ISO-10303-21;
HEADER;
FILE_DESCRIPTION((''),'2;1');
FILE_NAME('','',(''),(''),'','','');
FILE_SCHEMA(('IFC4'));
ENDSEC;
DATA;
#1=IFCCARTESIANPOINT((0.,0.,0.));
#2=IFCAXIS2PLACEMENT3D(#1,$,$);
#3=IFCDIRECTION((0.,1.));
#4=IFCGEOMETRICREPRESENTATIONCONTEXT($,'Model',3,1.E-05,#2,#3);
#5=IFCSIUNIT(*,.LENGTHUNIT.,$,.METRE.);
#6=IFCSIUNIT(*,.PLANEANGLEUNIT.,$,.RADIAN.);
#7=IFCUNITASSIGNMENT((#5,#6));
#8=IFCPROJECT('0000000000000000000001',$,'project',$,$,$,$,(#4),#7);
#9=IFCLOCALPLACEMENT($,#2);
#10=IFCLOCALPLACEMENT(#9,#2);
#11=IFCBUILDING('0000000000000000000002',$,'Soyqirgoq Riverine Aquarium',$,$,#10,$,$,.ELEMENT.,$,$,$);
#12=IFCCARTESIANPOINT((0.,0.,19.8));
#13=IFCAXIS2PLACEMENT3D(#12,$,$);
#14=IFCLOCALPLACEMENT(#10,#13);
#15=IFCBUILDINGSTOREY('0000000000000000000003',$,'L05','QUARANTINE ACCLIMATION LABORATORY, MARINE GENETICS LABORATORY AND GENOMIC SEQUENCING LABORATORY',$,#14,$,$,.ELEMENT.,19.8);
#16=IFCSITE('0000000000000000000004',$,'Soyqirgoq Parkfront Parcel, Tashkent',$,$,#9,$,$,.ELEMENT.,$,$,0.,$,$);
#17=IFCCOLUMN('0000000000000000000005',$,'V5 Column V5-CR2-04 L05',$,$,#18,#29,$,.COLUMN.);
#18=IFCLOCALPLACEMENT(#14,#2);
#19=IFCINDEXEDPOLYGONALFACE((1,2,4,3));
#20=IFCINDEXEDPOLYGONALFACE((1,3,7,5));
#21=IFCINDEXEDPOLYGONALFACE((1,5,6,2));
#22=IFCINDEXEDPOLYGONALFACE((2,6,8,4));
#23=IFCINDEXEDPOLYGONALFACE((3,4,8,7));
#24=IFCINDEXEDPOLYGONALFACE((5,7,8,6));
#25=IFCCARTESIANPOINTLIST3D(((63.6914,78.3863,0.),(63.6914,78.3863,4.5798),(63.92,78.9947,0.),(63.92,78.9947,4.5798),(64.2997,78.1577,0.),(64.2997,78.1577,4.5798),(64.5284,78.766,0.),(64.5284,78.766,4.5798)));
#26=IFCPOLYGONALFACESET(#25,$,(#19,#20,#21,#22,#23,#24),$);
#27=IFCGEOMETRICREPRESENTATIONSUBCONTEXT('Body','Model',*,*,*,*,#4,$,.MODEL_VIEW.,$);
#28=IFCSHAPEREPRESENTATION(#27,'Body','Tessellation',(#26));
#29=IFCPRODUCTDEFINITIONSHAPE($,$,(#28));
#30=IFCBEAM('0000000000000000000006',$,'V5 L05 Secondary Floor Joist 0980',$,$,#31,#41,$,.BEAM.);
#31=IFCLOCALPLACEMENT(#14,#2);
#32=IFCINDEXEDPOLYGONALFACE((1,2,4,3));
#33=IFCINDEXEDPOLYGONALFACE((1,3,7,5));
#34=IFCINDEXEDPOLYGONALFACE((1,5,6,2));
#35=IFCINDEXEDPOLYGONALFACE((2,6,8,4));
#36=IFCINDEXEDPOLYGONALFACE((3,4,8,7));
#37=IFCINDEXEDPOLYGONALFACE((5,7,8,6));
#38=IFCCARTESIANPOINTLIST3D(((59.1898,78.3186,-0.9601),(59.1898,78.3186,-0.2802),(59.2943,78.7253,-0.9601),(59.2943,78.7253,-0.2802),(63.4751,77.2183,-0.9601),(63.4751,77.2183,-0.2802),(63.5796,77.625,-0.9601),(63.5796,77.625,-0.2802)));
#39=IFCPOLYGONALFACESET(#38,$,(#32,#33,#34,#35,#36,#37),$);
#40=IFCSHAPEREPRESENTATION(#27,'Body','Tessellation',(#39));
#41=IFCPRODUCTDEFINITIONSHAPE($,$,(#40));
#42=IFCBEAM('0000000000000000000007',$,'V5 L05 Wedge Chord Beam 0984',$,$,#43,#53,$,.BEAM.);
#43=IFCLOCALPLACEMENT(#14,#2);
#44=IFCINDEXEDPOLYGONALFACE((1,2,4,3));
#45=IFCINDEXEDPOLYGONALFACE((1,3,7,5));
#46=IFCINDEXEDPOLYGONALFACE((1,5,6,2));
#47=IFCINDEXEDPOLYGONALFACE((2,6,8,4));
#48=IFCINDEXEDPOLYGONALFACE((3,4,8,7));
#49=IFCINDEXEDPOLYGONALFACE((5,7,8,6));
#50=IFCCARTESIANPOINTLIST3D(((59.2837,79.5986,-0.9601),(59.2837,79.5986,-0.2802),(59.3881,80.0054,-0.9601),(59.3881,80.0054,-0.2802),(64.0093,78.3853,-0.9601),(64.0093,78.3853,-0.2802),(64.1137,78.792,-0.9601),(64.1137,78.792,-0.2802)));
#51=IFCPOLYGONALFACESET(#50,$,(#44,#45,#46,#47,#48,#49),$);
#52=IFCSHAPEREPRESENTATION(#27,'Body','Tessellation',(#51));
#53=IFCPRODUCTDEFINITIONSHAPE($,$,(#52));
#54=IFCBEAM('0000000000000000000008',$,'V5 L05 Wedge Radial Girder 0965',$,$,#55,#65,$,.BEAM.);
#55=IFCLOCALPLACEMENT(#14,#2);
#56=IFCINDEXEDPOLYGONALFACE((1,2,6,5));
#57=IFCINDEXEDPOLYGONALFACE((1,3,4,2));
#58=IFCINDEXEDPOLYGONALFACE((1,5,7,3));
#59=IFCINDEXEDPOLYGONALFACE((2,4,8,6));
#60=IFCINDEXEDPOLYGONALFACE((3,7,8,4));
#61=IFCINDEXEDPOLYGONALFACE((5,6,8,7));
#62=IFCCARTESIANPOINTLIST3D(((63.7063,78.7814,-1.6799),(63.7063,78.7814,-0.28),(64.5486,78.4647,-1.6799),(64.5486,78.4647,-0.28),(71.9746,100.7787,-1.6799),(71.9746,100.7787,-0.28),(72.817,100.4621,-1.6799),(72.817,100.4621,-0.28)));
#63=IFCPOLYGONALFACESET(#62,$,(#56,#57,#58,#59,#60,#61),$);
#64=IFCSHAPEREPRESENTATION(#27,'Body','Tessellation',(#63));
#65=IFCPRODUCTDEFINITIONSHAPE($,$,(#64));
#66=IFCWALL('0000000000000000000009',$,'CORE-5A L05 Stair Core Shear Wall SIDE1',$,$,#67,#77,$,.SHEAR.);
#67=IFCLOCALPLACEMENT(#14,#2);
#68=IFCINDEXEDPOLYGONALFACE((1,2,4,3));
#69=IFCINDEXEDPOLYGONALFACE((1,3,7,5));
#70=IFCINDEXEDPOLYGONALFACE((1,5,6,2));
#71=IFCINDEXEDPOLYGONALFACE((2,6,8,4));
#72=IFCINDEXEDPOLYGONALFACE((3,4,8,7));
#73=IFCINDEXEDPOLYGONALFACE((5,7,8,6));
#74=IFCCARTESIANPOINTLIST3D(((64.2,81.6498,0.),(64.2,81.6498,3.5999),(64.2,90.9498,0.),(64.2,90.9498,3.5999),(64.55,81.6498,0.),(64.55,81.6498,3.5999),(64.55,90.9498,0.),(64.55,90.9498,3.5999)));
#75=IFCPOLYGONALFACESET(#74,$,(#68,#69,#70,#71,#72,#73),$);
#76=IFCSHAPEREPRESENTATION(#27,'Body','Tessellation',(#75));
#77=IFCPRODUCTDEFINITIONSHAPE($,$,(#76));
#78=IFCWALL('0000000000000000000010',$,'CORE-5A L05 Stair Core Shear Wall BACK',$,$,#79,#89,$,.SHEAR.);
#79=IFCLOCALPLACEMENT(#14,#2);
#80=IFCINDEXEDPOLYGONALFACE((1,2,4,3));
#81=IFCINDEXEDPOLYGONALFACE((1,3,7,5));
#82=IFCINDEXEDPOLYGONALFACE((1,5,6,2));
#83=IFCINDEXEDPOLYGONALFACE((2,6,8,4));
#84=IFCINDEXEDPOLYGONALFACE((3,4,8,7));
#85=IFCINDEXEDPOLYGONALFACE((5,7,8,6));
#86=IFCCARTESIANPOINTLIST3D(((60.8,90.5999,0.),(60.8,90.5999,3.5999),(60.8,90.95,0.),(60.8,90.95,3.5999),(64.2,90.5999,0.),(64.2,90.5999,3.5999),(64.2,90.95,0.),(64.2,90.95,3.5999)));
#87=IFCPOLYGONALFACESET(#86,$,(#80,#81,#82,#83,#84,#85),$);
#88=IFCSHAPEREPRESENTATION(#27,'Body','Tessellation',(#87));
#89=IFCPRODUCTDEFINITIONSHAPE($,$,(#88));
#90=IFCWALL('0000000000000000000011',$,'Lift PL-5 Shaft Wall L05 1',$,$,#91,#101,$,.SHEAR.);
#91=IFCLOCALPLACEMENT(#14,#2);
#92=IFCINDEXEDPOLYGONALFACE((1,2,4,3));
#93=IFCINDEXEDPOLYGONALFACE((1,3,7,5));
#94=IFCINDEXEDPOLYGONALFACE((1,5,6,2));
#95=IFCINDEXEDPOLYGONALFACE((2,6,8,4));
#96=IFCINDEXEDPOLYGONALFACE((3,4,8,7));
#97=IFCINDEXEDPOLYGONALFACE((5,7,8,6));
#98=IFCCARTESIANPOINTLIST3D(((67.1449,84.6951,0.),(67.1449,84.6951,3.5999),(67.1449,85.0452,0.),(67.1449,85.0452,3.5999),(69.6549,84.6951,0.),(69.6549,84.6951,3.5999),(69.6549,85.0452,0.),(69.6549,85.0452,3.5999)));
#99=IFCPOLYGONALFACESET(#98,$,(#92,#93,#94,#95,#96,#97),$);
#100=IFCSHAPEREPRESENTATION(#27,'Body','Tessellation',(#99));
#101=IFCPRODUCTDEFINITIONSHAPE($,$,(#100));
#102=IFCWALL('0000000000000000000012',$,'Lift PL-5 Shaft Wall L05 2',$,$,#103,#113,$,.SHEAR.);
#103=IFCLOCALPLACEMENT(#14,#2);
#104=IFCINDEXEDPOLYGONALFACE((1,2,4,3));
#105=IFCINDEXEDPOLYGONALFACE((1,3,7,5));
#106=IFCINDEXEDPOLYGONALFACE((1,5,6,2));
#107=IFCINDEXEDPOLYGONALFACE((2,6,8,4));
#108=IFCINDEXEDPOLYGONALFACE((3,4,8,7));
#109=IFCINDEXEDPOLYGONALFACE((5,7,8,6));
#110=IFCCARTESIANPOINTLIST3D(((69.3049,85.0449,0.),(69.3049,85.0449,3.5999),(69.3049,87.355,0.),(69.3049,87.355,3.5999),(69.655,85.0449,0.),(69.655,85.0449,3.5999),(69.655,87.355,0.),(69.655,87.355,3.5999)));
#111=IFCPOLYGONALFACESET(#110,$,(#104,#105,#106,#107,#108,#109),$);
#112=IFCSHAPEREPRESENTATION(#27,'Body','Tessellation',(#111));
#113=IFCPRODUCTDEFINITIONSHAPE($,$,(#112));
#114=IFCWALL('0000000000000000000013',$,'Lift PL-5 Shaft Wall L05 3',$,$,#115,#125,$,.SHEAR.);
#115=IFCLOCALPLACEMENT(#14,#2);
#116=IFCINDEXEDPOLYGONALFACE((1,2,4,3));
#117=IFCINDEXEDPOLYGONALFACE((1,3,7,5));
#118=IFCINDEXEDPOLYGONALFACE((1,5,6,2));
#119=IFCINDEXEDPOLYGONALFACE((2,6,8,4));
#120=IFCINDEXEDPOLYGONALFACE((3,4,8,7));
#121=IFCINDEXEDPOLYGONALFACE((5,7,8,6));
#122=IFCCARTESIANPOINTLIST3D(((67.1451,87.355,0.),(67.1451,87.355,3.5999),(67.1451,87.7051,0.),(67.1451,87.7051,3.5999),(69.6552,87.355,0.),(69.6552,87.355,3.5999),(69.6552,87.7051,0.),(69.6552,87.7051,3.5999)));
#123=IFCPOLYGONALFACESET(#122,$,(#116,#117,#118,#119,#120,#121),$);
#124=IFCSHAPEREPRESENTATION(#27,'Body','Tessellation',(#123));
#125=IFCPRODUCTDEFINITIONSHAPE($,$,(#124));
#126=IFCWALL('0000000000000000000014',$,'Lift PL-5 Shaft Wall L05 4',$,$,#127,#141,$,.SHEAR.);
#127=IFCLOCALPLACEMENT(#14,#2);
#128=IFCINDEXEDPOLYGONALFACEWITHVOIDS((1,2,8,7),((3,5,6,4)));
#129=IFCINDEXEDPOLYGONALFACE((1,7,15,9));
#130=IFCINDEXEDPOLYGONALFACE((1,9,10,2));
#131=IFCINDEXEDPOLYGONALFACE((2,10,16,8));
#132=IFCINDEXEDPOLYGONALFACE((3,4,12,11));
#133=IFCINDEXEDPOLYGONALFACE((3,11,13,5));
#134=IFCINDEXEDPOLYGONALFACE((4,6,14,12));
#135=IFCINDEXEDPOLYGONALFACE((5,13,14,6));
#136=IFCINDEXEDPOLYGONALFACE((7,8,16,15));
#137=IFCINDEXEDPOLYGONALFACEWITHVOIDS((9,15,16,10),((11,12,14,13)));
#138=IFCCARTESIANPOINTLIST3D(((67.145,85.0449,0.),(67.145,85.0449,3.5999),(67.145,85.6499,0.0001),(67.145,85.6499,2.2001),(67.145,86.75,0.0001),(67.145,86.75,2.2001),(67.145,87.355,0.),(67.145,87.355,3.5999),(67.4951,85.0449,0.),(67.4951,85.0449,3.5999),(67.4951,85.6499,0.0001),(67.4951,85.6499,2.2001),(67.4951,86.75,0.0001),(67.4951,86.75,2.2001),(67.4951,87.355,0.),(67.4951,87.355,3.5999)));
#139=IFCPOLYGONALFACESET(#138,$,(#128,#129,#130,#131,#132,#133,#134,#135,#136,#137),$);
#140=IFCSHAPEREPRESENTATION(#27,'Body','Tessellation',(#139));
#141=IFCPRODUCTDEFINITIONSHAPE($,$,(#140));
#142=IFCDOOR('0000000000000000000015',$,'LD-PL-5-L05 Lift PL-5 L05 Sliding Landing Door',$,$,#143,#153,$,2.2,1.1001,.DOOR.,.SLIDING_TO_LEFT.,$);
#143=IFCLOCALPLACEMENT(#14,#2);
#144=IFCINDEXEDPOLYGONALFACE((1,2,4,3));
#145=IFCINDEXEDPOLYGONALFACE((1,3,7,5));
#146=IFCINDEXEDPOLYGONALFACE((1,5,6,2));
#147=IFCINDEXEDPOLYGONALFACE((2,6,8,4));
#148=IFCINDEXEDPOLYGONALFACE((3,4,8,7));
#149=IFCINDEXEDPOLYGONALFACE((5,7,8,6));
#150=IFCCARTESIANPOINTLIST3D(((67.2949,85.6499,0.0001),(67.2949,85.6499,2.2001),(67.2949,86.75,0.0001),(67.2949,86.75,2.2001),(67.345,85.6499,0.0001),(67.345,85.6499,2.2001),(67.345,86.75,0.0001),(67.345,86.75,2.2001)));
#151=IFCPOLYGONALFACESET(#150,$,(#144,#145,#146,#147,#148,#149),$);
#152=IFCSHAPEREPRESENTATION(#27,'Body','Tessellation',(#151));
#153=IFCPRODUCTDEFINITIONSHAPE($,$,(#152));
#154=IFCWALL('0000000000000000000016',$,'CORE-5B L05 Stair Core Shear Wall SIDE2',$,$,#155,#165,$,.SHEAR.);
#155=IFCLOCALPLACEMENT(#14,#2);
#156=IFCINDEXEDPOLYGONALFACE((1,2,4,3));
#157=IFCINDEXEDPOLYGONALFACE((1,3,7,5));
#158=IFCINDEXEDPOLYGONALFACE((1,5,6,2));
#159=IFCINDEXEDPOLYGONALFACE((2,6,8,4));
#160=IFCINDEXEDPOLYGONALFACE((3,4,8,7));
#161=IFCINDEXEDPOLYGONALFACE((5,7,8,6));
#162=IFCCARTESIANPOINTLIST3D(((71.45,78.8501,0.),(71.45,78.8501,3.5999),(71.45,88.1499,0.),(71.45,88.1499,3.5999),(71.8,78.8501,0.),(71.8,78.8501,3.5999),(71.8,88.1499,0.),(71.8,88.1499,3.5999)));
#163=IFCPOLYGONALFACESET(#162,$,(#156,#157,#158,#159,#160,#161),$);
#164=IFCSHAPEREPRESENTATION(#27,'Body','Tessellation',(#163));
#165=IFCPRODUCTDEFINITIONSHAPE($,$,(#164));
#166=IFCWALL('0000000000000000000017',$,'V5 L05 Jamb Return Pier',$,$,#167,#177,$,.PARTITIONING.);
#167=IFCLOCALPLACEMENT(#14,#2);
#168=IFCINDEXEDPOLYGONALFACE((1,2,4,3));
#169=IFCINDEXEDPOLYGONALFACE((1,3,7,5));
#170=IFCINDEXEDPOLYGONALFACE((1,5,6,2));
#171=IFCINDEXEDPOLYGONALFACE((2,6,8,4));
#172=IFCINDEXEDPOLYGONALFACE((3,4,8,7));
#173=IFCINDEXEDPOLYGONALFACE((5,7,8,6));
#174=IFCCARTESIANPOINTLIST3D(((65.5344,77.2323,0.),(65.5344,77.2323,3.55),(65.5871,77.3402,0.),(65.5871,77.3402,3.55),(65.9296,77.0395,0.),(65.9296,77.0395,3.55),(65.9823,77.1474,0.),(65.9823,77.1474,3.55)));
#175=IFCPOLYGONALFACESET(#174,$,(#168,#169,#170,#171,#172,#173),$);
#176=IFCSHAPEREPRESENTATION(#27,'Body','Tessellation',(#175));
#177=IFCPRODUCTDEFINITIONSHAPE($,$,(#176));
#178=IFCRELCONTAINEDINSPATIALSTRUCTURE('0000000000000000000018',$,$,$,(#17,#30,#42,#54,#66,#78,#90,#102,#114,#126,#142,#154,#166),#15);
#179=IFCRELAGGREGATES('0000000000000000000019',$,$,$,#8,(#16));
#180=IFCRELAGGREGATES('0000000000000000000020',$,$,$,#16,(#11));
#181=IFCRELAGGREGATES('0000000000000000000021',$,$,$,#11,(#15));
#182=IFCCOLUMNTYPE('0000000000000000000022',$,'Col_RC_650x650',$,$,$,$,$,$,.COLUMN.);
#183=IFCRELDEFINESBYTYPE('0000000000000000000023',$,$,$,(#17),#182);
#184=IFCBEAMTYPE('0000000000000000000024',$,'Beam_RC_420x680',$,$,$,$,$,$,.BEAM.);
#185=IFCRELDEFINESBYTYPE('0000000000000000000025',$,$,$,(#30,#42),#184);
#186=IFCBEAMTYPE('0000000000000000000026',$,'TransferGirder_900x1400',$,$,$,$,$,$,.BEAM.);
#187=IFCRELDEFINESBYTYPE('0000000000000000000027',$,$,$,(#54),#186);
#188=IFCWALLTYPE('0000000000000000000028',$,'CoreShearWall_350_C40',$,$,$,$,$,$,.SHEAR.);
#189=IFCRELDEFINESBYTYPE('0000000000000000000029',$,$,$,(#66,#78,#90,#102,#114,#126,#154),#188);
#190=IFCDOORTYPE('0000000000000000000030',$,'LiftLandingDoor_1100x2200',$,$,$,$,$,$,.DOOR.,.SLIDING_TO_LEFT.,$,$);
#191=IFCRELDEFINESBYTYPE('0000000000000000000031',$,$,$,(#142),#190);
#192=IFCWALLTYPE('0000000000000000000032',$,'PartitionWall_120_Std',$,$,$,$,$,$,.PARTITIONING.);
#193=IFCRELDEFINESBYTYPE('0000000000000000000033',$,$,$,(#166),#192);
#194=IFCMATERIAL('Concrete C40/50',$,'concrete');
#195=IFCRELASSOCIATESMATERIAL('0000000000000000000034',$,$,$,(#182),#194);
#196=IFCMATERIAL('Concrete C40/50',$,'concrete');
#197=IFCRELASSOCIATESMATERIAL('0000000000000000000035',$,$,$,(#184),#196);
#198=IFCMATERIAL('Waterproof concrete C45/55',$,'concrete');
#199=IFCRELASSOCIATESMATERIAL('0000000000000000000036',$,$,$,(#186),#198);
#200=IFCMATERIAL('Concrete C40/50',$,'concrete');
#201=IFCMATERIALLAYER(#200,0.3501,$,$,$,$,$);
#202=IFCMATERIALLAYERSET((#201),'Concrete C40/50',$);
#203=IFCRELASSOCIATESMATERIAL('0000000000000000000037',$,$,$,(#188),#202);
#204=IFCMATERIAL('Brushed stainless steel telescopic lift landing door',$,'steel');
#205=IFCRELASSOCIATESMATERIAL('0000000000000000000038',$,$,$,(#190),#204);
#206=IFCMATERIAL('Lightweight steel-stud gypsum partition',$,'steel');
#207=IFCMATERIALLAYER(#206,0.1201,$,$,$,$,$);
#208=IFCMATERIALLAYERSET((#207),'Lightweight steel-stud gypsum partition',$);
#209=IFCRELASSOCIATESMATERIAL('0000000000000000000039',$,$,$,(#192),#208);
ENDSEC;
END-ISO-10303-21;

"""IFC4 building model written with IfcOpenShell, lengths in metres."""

from ifc_helpers import new_model, si_unit, direction, frame, frame_2d, origin, origin_2d, place, context, subcontext, project, spatial, rectangle, extrude, material, layer, layer_set, material_profile, profile_set, type_object, element, fill, save


model = new_model("IFC4")

# Units and contexts
model_context = context("Model", 3, precision=1e-05, world=origin(), true_north=direction((0.0, 1.0)))
body_context = subcontext(model_context, "Body", "Model", "MODEL_VIEW")
ifc_project = project(units=[si_unit("LENGTHUNIT", "METRE"), si_unit("PLANEANGLEUNIT", "RADIAN")], contexts=[model_context])

# Site, building, storey
site_placement = place(None, origin())
site = spatial("IfcSite", under=ifc_project, at=site_placement, Name="Soyqirgoq Parkfront Parcel, Tashkent", CompositionType="ELEMENT", RefElevation=0.0)
building_placement = place(site_placement, origin())
building = spatial("IfcBuilding", under=site, at=building_placement, Name="Soyqirgoq Riverine Aquarium", CompositionType="ELEMENT")
storey_placement = place(building_placement, frame((0.0, 0.0, 19.8)))
storey = spatial("IfcBuildingStorey", under=building, at=storey_placement, Name="L05", Description="QUARANTINE ACCLIMATION LABORATORY, MARINE GENETICS LABORATORY AND GENOMIC SEQUENCING LABORATORY", CompositionType="ELEMENT", Elevation=19.8)

# Column
ifc_material_1 = material(Name="Concrete C40/50", Category="concrete")
ifc_material_profile_1 = material_profile(ifc_material_1, rectangle(XDim=0.6499, YDim=0.6499, at=origin_2d()), Name="RC 650x650")
ifc_profile_set_1 = profile_set([ifc_material_profile_1], Name="Concrete C40/50")
column_type = type_object("IfcColumnType", Name="Col_RC_650x650", PredefinedType="COLUMN", material=ifc_profile_set_1)
column_placement = place(storey_placement, frame((64.1099, 78.5762, 0.0), z_axis=(0.0, 0.0, 1.0), x_axis=(0.351842, 0.93606, 0.0)))
element("IfcColumn", 1, at=column_placement, inside=storey, type_object=column_type, Name="V5 Column V5-CR2-04 L05", PredefinedType="COLUMN", context=body_context, shape_type="SweptSolid", body=[
    extrude(rectangle(XDim=0.6499, YDim=0.6499, at=origin_2d()), origin(), (0.0, 0.0, 1.0), 4.5798),
])

# Beams
ifc_material_2 = material(Name="Concrete C40/50", Category="concrete")
ifc_material_profile_2 = material_profile(ifc_material_2, rectangle(XDim=0.4199, YDim=0.6799, at=origin_2d()), Name="RC 420x680")
ifc_profile_set_2 = profile_set([ifc_material_profile_2], Name="Concrete C40/50")
beam_type_1 = type_object("IfcBeamType", Name="Beam_RC_420x680", PredefinedType="BEAM", material=ifc_profile_set_2)
beam_1_placement = place(storey_placement, frame((63.5273, 77.4216, -0.6201), z_axis=(-0.968581, 0.248698, 0.0), x_axis=(-0.248698, -0.968581, 0.0)))
element("IfcBeam", 2, at=beam_1_placement, inside=storey, type_object=beam_type_1, Name="V5 L05 Secondary Floor Joist 0980", PredefinedType="BEAM", context=body_context, shape_type="SweptSolid", body=[
    extrude(rectangle(XDim=0.4199, YDim=0.6799, at=origin_2d()), origin(), (0.0, 0.0, 1.0), 4.4243),
])
beam_2_placement = place(storey_placement, frame((64.0615, 78.5886, -0.6201), z_axis=(-0.96858, 0.2487, 0.0), x_axis=(-0.2487, -0.96858, 0.0)))
element("IfcBeam", 3, at=beam_2_placement, inside=storey, type_object=beam_type_1, Name="V5 L05 Wedge Chord Beam 0984", PredefinedType="BEAM", context=body_context, shape_type="SweptSolid", body=[
    extrude(rectangle(XDim=0.4199, YDim=0.6799, at=origin_2d()), origin(), (0.0, 0.0, 1.0), 4.8789),
])
ifc_material_3 = material(Name="Waterproof concrete C45/55", Category="concrete")
ifc_material_profile_3 = material_profile(ifc_material_3, rectangle(XDim=0.8999, YDim=1.3999, at=origin_2d()), Name="RC 900x1400")
ifc_profile_set_3 = profile_set([ifc_material_profile_3], Name="Waterproof concrete C45/55")
beam_type_2 = type_object("IfcBeamType", Name="TransferGirder_900x1400", PredefinedType="BEAM", material=ifc_profile_set_3)
beam_3_placement = place(storey_placement, frame((64.1274, 78.623, -0.98), z_axis=(0.351844, 0.936059, 0.0), x_axis=(-0.936059, 0.351844, 0.0)))
element("IfcBeam", 4, at=beam_3_placement, inside=storey, type_object=beam_type_2, Name="V5 L05 Wedge Radial Girder 0965", PredefinedType="BEAM", context=body_context, shape_type="SweptSolid", body=[
    extrude(rectangle(XDim=0.8999, YDim=1.3999, at=origin_2d()), origin(), (0.0, 0.0, 1.0), 23.5),
])

# Walls
ifc_material_4 = material(Name="Concrete C40/50", Category="concrete")
ifc_layer_1 = layer(ifc_material_4, 0.3501)
ifc_layer_set_1 = layer_set([ifc_layer_1], Name="Concrete C40/50")
wall_type_1 = type_object("IfcWallType", Name="CoreShearWall_350_C40", PredefinedType="SHEAR", material=ifc_layer_set_1)
wall_1_placement = place(storey_placement, frame((64.375, 81.6499, 0.0), z_axis=(0.0, 0.0, 1.0), x_axis=(0.0, 1.0, 0.0)))
element("IfcWall", 5, at=wall_1_placement, inside=storey, type_object=wall_type_1, Name="CORE-5A L05 Stair Core Shear Wall SIDE1", PredefinedType="SHEAR", context=body_context, shape_type="SweptSolid", body=[
    extrude(rectangle(XDim=9.3, YDim=0.3501, at=frame_2d((4.6499, 0.0))), origin(), (0.0, 0.0, 1.0), 3.5999),
])
wall_2_placement = place(storey_placement, frame((64.2, 90.7749, 0.0), z_axis=(0.0, 0.0, 1.0), x_axis=(-1.0, 0.0, 0.0)))
element("IfcWall", 6, at=wall_2_placement, inside=storey, type_object=wall_type_1, Name="CORE-5A L05 Stair Core Shear Wall BACK", PredefinedType="SHEAR", context=body_context, shape_type="SweptSolid", body=[
    extrude(rectangle(XDim=3.3999, YDim=0.3501, at=frame_2d((1.7, 0.0))), origin(), (0.0, 0.0, 1.0), 3.5999),
])
wall_3_placement = place(storey_placement, frame((67.145, 84.8701, 0.0), z_axis=(0.0, 0.0, 1.0), x_axis=(1.0, 0.0, 0.0)))
element("IfcWall", 7, at=wall_3_placement, inside=storey, type_object=wall_type_1, Name="Lift PL-5 Shaft Wall L05 1", PredefinedType="SHEAR", context=body_context, shape_type="SweptSolid", body=[
    extrude(rectangle(XDim=2.51, YDim=0.3501, at=frame_2d((1.2549, 0.0))), origin(), (0.0, 0.0, 1.0), 3.5999),
])
wall_4_placement = place(storey_placement, frame((69.48, 85.0449, 0.0), z_axis=(0.0, 0.0, 1.0), x_axis=(0.0, 1.0, 0.0)))
element("IfcWall", 8, at=wall_4_placement, inside=storey, type_object=wall_type_1, Name="Lift PL-5 Shaft Wall L05 2", PredefinedType="SHEAR", context=body_context, shape_type="SweptSolid", body=[
    extrude(rectangle(XDim=2.3101, YDim=0.3501, at=frame_2d((1.155, 0.0))), origin(), (0.0, 0.0, 1.0), 3.5999),
])
wall_5_placement = place(storey_placement, frame((69.655, 87.53, 0.0), z_axis=(0.0, 0.0, 1.0), x_axis=(-1.0, 0.0, 0.0)))
element("IfcWall", 9, at=wall_5_placement, inside=storey, type_object=wall_type_1, Name="Lift PL-5 Shaft Wall L05 3", PredefinedType="SHEAR", context=body_context, shape_type="SweptSolid", body=[
    extrude(rectangle(XDim=2.51, YDim=0.3501, at=frame_2d((1.2549, 0.0))), origin(), (0.0, 0.0, 1.0), 3.5999),
])

# Wall, opening, door
wall_6_placement = place(storey_placement, frame((67.3201, 87.355, 0.0), z_axis=(0.0, 0.0, 1.0), x_axis=(0.0, -1.0, 0.0)))
wall_6 = element("IfcWall", 10, at=wall_6_placement, inside=storey, type_object=wall_type_1, Name="Lift PL-5 Shaft Wall L05 4", PredefinedType="SHEAR", context=body_context, shape_type="SweptSolid", body=[
    extrude(rectangle(XDim=2.3101, YDim=0.3501, at=frame_2d((1.155, 0.0))), origin(), (0.0, 0.0, 1.0), 3.5999),
])
opening_1_placement = place(wall_6_placement, frame((0.605, 0.0, 0.0)))
opening_1 = element("IfcOpeningElement", 11, at=opening_1_placement, cuts=wall_6, PredefinedType="OPENING", context=body_context, shape_type="SweptSolid", body=[
    extrude(rectangle(XDim=1.1001, YDim=2.2, at=frame_2d((0.55, 1.1001))), frame((0.0, 0.1851, 0.0), z_axis=(0.0, -1.0, 0.0), x_axis=(1.0, 0.0, 0.0)), (0.0, 0.0, 1.0), 0.3701),
])
ifc_material_5 = material(Name="Brushed stainless steel telescopic lift landing door", Category="steel")
door_type_1 = type_object("IfcDoorType", Name="LiftLandingDoor_1100x2200", OperationType="SLIDING_TO_LEFT", PredefinedType="DOOR", material=ifc_material_5)
door_1_placement = place(opening_1_placement, origin())
door_1 = element("IfcDoor", 12, at=door_1_placement, inside=storey, type_object=door_type_1, Name="LD-PL-5-L05 Lift PL-5 L05 Sliding Landing Door", OperationType="SLIDING_TO_LEFT", OverallHeight=2.2, OverallWidth=1.1001, PredefinedType="DOOR", context=body_context, shape_type="SweptSolid", body=[
    extrude(rectangle(XDim=1.1001, YDim=2.2, at=frame_2d((0.55, 1.1001))), frame((0.0, 0.0249, 0.0), z_axis=(0.0, -1.0, 0.0), x_axis=(1.0, 0.0, 0.0)), (0.0, 0.0, 1.0), 0.05),
])
fill(opening_1, door_1)

# Walls
wall_7_placement = place(storey_placement, frame((71.625, 88.1499, 0.0), z_axis=(0.0, 0.0, 1.0), x_axis=(0.0, -1.0, 0.0)))
element("IfcWall", 13, at=wall_7_placement, inside=storey, type_object=wall_type_1, Name="CORE-5B L05 Stair Core Shear Wall SIDE2", PredefinedType="SHEAR", context=body_context, shape_type="SweptSolid", body=[
    extrude(rectangle(XDim=9.2998, YDim=0.3501, at=frame_2d((4.6499, 0.0))), origin(), (0.0, 0.0, 1.0), 3.5999),
])
ifc_material_6 = material(Name="Lightweight steel-stud gypsum partition", Category="steel")
ifc_layer_2 = layer(ifc_material_6, 0.1201)
ifc_layer_set_2 = layer_set([ifc_layer_2], Name="Lightweight steel-stud gypsum partition")
wall_type_2 = type_object("IfcWallType", Name="PartitionWall_120_Std", PredefinedType="PARTITIONING", material=ifc_layer_set_2)
wall_8_placement = place(storey_placement, frame((65.9558, 77.0935, 0.0), z_axis=(0.0, 0.0, 1.0), x_axis=(-0.898715, 0.438533, 0.0)))
element("IfcWall", 14, at=wall_8_placement, inside=storey, type_object=wall_type_2, Name="V5 L05 Jamb Return Pier", PredefinedType="PARTITIONING", context=body_context, shape_type="SweptSolid", body=[
    extrude(rectangle(XDim=0.4397, YDim=0.1201, at=frame_2d((0.2197, 0.0))), origin(), (0.0, 0.0, 1.0), 3.55),
])

save(model, "model.ifc")
